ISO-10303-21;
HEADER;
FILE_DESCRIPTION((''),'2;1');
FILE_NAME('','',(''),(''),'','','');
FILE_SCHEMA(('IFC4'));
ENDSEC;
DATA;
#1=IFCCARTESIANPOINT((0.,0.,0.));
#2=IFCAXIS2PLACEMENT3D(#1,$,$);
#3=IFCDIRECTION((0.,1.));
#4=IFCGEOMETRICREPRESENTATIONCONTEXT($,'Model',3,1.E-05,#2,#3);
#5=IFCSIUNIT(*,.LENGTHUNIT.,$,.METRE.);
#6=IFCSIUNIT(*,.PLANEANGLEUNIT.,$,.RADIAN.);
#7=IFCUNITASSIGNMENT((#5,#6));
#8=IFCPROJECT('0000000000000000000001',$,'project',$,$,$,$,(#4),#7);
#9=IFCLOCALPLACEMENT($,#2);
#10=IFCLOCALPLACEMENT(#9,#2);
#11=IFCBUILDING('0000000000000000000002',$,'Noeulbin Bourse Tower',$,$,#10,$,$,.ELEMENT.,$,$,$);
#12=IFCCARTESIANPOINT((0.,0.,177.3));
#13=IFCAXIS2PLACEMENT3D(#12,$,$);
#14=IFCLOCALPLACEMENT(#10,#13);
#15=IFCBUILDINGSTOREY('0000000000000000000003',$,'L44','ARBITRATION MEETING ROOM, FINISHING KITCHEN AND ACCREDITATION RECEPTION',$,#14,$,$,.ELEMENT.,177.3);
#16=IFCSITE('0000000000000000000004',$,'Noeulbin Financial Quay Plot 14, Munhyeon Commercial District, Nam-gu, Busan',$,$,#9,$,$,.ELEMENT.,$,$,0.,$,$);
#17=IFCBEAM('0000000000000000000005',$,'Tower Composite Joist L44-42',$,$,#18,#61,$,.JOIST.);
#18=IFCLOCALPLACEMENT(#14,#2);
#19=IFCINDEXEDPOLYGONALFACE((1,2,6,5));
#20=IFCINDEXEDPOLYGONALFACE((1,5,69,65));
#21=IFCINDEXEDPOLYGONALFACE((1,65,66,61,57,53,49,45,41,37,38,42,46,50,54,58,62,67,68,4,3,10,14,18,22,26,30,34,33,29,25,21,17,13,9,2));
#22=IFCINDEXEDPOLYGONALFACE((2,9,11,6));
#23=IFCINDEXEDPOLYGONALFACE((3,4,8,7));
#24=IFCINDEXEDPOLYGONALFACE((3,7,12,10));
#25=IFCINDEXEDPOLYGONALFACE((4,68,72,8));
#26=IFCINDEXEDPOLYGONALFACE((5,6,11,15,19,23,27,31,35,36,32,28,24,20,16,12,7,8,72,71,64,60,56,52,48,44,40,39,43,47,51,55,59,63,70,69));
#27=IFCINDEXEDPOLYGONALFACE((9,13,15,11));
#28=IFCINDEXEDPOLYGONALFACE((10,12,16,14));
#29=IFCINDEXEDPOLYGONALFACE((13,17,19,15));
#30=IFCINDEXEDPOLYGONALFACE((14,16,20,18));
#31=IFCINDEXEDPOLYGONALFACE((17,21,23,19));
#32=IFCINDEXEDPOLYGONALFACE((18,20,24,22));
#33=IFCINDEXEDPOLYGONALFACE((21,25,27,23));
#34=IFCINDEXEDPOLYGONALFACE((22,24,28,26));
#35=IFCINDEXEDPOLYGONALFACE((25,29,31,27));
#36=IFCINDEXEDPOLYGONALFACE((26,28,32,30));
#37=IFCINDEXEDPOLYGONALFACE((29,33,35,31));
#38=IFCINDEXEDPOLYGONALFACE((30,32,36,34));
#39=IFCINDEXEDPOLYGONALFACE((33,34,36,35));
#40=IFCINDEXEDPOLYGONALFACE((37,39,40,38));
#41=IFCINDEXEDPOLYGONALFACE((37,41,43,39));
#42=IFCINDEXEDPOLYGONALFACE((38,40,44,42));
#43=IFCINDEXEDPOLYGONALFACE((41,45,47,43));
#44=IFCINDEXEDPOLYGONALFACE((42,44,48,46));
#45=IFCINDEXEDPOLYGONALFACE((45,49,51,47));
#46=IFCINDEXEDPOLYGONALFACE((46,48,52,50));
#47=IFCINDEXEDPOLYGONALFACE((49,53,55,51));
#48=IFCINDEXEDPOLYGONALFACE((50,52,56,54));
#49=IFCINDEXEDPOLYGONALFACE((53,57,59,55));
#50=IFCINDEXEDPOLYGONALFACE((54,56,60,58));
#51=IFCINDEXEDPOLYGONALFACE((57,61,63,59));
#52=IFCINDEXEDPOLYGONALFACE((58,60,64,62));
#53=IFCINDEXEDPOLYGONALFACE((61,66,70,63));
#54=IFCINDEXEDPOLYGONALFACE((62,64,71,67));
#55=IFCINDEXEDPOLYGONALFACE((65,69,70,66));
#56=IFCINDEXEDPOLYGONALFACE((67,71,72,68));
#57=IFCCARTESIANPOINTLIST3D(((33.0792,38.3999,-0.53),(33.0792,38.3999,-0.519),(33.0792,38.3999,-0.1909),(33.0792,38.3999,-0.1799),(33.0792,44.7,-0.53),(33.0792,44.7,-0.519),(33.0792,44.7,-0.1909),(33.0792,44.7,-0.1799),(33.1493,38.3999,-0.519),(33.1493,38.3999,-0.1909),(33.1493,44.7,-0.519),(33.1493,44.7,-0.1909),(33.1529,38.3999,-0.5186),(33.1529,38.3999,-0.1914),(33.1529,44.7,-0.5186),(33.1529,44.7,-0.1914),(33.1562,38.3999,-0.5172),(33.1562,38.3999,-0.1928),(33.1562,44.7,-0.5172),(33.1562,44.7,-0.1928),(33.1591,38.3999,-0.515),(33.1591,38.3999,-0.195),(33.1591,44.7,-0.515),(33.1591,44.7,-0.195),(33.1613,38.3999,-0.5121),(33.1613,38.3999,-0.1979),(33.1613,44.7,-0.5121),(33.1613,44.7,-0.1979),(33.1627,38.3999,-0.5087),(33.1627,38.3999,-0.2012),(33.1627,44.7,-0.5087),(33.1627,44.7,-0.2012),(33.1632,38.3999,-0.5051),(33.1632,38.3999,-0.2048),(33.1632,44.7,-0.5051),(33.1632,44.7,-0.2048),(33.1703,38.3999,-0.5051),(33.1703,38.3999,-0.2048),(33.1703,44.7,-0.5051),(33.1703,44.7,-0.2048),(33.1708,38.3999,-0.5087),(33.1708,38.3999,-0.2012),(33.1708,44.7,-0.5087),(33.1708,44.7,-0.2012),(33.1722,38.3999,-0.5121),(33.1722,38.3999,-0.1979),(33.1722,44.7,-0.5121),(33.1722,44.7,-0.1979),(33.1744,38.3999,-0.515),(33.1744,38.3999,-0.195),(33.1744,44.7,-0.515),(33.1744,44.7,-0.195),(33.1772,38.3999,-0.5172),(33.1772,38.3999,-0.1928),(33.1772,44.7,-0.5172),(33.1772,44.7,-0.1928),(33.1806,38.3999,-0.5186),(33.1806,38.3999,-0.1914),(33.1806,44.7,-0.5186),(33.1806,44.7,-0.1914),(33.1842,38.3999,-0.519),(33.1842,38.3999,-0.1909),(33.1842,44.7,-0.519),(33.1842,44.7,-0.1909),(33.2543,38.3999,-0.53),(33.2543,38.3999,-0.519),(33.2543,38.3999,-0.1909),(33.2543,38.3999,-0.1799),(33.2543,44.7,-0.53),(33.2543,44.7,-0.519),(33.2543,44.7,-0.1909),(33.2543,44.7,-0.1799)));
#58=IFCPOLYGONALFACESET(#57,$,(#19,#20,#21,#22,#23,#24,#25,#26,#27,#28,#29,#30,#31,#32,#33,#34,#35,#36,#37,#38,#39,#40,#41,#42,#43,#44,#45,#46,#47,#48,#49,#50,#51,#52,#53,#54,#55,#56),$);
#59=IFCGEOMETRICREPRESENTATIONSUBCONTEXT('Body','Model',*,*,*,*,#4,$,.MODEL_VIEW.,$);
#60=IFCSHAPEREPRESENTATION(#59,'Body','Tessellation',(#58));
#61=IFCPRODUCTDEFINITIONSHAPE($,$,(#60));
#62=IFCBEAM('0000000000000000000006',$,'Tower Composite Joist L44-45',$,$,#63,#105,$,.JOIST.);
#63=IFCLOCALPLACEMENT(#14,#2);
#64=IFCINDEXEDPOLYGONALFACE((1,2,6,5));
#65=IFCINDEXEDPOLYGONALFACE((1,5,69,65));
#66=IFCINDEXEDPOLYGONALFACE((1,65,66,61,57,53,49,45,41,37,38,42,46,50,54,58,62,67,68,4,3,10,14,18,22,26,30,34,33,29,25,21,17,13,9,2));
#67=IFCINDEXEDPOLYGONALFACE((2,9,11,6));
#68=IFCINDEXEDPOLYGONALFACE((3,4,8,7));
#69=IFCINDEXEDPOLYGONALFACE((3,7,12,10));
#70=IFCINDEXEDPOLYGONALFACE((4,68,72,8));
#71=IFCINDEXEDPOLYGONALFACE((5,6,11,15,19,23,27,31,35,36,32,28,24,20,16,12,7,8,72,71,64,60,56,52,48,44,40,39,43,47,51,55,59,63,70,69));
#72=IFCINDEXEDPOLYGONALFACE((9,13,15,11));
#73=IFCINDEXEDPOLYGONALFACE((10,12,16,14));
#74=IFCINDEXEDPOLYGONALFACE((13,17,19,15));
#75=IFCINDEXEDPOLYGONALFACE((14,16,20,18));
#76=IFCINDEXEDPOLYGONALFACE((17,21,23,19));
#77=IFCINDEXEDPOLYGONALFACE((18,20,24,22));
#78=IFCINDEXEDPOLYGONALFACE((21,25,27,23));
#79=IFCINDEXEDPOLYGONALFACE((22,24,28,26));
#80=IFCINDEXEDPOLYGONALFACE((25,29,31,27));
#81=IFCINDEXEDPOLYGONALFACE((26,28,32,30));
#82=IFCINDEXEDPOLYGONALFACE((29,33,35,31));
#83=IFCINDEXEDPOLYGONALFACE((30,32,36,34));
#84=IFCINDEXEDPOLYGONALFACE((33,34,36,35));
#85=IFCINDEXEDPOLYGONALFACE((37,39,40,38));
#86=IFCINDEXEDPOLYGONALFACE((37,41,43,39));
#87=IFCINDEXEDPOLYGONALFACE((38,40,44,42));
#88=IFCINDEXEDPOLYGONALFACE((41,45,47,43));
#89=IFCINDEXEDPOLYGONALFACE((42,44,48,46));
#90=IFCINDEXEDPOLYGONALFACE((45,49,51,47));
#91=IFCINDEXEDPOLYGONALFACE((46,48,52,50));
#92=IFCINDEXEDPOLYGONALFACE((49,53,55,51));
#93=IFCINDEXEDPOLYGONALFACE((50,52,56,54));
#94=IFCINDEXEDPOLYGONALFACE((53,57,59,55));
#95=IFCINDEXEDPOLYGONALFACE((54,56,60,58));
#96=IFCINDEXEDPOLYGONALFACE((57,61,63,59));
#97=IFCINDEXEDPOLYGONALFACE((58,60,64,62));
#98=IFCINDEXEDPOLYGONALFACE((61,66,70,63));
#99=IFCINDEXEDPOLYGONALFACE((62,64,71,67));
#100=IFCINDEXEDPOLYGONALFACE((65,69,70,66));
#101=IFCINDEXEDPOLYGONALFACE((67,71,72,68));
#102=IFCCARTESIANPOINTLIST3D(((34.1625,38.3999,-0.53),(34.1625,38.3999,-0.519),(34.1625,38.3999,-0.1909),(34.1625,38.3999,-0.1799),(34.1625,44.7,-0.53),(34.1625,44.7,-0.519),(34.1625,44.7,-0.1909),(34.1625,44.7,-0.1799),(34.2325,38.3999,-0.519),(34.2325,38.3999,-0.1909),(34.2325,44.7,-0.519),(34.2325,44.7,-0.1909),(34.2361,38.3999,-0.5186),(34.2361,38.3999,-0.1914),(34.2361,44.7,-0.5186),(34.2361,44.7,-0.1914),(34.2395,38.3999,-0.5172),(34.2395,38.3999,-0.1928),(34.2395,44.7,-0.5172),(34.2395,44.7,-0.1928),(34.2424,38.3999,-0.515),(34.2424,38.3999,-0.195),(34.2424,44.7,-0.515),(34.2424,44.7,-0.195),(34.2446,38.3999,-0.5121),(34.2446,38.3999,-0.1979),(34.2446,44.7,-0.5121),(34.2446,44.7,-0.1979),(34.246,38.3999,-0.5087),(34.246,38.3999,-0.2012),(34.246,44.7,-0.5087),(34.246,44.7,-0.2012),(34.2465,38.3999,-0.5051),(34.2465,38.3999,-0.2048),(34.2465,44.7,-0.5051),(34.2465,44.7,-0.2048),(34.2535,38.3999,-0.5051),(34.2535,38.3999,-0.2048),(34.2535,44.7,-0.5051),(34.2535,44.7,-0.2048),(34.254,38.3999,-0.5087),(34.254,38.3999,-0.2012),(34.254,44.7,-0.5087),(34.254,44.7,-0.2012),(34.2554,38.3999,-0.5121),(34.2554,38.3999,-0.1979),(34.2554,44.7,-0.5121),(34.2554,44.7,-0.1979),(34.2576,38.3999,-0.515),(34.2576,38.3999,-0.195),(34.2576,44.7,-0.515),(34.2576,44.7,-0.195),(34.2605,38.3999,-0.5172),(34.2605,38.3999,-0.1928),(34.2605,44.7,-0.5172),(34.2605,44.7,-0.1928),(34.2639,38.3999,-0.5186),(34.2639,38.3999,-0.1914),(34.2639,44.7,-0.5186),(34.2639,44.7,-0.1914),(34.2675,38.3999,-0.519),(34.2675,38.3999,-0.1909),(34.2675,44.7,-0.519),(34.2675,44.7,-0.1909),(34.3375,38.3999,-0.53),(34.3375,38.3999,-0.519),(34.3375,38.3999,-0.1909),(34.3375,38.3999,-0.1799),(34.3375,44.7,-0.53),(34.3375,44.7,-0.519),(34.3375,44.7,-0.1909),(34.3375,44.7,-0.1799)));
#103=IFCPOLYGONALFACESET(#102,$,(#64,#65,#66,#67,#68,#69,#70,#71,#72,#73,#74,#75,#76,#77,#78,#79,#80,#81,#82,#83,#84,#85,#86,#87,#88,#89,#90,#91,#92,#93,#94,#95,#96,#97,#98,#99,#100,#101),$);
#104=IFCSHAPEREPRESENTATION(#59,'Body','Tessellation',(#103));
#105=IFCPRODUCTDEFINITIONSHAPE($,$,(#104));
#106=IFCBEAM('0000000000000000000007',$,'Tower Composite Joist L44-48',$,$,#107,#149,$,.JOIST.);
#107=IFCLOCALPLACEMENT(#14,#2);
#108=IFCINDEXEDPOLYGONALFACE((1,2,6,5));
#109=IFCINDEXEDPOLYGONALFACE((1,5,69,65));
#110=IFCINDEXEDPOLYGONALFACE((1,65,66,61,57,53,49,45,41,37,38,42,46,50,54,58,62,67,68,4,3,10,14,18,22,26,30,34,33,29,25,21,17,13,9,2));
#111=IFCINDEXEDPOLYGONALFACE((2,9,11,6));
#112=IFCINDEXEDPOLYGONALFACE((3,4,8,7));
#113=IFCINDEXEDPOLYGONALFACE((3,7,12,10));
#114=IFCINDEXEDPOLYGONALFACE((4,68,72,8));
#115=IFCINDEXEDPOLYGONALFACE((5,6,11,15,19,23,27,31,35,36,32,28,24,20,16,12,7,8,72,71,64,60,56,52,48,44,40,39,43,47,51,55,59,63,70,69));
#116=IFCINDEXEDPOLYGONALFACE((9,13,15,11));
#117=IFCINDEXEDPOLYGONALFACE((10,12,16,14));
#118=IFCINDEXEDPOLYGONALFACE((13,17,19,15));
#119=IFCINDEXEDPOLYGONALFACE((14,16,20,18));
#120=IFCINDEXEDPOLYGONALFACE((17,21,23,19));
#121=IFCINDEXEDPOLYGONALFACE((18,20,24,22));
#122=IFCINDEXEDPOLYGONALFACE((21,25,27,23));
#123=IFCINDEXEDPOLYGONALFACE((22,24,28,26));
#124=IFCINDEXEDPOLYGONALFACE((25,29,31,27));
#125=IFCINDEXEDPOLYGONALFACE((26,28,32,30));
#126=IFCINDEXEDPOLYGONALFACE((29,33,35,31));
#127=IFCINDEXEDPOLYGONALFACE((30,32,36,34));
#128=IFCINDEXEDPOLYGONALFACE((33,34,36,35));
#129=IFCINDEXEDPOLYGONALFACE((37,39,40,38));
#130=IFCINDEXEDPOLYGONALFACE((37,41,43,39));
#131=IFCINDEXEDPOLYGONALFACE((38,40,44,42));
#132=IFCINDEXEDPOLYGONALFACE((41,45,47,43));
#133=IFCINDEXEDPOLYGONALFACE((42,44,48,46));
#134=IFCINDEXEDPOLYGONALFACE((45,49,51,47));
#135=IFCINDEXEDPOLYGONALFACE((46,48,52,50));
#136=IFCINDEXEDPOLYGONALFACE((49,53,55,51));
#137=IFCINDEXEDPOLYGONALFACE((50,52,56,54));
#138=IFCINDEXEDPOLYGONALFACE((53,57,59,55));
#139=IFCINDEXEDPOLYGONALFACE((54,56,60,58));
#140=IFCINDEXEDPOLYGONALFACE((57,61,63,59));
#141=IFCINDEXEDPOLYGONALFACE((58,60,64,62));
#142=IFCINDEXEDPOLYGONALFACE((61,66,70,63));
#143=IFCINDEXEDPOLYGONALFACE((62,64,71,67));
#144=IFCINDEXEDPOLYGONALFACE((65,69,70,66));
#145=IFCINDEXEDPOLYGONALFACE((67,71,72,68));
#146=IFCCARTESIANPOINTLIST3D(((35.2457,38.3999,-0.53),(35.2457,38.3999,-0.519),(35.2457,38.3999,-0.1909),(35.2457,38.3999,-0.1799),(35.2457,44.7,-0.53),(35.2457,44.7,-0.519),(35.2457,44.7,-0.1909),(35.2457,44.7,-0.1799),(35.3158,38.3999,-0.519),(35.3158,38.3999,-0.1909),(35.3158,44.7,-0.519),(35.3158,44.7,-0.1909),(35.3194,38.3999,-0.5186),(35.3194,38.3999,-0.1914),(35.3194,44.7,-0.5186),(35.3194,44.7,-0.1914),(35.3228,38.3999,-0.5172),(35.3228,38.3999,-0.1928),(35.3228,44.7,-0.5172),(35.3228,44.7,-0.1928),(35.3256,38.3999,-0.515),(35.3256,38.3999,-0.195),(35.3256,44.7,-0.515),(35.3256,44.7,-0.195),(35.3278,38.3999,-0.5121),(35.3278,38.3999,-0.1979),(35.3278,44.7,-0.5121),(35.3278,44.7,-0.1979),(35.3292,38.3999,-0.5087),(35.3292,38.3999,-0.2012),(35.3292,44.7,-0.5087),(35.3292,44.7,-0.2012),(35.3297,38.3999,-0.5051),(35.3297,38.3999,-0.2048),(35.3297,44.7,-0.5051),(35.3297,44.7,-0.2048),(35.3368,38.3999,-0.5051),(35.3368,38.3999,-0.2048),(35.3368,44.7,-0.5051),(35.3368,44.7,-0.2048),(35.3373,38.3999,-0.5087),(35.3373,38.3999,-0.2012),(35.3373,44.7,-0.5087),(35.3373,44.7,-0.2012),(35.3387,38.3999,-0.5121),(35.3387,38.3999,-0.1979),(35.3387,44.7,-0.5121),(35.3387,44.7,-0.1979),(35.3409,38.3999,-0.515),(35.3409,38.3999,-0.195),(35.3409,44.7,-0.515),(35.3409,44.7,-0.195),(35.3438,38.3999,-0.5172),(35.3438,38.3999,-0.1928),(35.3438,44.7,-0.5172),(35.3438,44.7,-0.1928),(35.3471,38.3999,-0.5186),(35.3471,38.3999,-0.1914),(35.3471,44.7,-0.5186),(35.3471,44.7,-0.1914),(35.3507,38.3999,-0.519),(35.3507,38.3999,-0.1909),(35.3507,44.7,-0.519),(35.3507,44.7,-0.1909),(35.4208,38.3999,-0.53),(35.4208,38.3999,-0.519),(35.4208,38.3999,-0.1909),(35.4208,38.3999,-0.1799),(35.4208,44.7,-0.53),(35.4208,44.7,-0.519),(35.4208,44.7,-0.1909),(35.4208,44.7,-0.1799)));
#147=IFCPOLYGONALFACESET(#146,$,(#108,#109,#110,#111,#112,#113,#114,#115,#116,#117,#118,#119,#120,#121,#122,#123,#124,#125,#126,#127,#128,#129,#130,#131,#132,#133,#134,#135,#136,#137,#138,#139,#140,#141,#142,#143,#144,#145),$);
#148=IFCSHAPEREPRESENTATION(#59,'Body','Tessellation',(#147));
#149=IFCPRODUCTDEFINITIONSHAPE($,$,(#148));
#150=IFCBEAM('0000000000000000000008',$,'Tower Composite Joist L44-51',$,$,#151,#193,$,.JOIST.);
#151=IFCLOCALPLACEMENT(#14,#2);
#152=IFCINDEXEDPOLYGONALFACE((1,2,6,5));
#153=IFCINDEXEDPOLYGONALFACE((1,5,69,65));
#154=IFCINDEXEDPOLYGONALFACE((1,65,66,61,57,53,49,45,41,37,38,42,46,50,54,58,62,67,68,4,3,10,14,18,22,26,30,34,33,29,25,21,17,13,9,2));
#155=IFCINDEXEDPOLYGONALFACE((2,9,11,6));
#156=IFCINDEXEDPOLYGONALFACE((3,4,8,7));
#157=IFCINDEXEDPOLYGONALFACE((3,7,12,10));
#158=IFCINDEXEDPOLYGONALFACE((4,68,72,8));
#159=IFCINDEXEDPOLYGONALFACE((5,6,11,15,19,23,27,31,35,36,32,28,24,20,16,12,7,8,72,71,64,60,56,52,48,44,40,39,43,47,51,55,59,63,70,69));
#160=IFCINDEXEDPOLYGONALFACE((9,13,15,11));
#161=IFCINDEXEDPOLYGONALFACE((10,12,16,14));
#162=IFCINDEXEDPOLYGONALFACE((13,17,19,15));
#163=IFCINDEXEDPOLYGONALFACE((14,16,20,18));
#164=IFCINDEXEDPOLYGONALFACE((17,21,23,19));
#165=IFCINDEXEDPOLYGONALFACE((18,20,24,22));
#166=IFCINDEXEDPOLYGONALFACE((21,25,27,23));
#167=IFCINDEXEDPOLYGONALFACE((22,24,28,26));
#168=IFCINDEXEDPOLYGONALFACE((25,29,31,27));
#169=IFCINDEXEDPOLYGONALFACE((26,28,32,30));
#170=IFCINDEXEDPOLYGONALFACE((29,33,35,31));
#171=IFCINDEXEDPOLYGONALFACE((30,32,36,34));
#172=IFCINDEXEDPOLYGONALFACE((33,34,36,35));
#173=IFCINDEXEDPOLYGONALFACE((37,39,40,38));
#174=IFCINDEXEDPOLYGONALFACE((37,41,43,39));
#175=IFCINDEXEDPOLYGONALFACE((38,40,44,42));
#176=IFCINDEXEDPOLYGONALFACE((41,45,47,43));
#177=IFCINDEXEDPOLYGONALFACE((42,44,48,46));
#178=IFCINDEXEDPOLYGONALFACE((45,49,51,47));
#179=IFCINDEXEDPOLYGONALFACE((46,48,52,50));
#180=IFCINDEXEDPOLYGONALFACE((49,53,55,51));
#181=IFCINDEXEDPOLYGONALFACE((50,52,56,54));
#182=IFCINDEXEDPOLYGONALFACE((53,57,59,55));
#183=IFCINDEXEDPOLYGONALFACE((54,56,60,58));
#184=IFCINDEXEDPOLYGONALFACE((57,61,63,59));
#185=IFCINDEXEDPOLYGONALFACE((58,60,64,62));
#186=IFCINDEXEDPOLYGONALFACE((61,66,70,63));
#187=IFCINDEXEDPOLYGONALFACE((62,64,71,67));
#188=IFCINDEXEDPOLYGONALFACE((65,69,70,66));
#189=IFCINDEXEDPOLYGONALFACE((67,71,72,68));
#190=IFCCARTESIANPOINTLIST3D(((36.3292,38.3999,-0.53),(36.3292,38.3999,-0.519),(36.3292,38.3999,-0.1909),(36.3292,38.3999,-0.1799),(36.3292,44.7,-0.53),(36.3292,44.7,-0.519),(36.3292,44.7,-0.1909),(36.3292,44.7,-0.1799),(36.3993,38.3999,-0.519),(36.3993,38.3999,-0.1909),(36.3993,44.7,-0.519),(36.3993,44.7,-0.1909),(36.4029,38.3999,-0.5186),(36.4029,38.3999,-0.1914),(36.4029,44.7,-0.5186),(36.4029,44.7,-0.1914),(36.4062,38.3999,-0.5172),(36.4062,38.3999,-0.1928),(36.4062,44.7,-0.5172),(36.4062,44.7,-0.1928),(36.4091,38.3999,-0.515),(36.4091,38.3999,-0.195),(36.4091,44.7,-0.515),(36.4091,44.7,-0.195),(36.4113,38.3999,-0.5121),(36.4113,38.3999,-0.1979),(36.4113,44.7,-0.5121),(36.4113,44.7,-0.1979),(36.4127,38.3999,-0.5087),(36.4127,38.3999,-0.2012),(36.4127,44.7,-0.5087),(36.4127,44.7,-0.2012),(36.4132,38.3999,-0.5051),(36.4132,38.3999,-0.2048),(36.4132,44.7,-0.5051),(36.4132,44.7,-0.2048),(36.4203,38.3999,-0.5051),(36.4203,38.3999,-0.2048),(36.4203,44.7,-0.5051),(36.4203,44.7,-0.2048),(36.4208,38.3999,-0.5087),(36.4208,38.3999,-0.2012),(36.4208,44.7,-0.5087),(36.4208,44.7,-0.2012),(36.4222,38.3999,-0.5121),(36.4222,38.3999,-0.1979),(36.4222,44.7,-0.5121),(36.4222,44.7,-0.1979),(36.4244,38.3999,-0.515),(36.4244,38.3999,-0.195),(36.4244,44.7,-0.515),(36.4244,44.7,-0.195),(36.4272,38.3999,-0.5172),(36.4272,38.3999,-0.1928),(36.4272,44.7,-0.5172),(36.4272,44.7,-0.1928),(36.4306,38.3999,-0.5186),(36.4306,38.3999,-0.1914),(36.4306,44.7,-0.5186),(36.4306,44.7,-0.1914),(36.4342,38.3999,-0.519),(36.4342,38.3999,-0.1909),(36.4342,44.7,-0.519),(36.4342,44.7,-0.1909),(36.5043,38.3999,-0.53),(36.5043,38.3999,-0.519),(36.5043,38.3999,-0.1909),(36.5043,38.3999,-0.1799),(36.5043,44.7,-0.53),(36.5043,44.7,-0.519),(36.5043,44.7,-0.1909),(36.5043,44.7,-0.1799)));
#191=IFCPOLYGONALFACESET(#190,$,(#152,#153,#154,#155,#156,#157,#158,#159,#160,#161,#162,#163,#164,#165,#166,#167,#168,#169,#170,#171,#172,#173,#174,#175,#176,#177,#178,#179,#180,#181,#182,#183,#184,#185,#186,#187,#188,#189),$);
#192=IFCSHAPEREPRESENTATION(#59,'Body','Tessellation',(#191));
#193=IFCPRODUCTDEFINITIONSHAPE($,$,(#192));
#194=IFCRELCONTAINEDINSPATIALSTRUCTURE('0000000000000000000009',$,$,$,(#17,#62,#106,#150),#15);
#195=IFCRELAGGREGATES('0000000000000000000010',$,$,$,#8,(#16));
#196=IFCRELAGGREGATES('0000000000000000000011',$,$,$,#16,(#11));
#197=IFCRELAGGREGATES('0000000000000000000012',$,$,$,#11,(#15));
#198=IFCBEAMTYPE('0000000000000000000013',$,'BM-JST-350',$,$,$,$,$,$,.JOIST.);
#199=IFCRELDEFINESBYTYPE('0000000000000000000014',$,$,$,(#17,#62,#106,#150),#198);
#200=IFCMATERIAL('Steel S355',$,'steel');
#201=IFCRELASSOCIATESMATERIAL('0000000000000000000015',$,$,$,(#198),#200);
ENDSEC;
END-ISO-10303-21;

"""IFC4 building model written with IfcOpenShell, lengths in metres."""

from ifc_helpers import new_model, si_unit, direction, frame, origin, origin_2d, place, context, subcontext, project, spatial, i_section, extrude, material, material_profile, profile_set, type_object, element, save


model = new_model("IFC4")

# Units and contexts
model_context = context("Model", 3, precision=1e-05, world=origin(), true_north=direction((0.0, 1.0)))
body_context = subcontext(model_context, "Body", "Model", "MODEL_VIEW")
ifc_project = project(units=[si_unit("LENGTHUNIT", "METRE"), si_unit("PLANEANGLEUNIT", "RADIAN")], contexts=[model_context])

# Site, building, storey
site_placement = place(None, origin())
site = spatial("IfcSite", under=ifc_project, at=site_placement, Name="Noeulbin Financial Quay Plot 14, Munhyeon Commercial District, Nam-gu, Busan", CompositionType="ELEMENT", RefElevation=0.0)
building_placement = place(site_placement, origin())
building = spatial("IfcBuilding", under=site, at=building_placement, Name="Noeulbin Bourse Tower", CompositionType="ELEMENT")
storey_placement = place(building_placement, frame((0.0, 0.0, 177.3)))
storey = spatial("IfcBuildingStorey", under=building, at=storey_placement, Name="L44", Description="ARBITRATION MEETING ROOM, FINISHING KITCHEN AND ACCREDITATION RECEPTION", CompositionType="ELEMENT", Elevation=177.3)

# Shared definitions
ifc_material_1 = material(Name="Steel S355", Category="steel")

# Beams
ifc_material_profile_1 = material_profile(ifc_material_1, i_section(OverallWidth=0.175, OverallDepth=0.3501, WebThickness=0.0071, FlangeThickness=0.011, FilletRadius=0.0139, at=origin_2d()), Name="H-350x175x7x11", Category="LoadBearing")
ifc_profile_set_1 = profile_set([ifc_material_profile_1], Name="Steel S355")
beam_type_1 = type_object("IfcBeamType", Name="BM-JST-350", PredefinedType="JOIST", material=ifc_profile_set_1)
for number, where, z_axis, x_axis, name in (
    (1, (33.1667, 38.3999, -0.355), (0.0, 1.0, 0.0), (-1.0, 0.0, 0.0), "Tower Composite Joist L44-42"),
    (2, (34.25, 38.3999, -0.355), (0.0, 1.0, 0.0), (-1.0, 0.0, 0.0), "Tower Composite Joist L44-45"),
    (3, (35.3333, 38.3999, -0.355), (0.0, 1.0, 0.0), (-1.0, 0.0, 0.0), "Tower Composite Joist L44-48"),
    (4, (36.4167, 38.3999, -0.355), (0.0, 1.0, 0.0), (-1.0, 0.0, 0.0), "Tower Composite Joist L44-51"),
):
    element("IfcBeam", number, at=place(storey_placement, frame(where, z_axis=z_axis, x_axis=x_axis)), inside=storey, type_object=beam_type_1, Name=name, PredefinedType="JOIST", context=body_context, shape_type="SweptSolid", body=[
        extrude(i_section(OverallWidth=0.175, OverallDepth=0.3501, WebThickness=0.0071, FlangeThickness=0.011, FilletRadius=0.0139, at=origin_2d()), origin(), (0.0, 0.0, 1.0), 6.3),
    ])

save(model, "model.ifc")
